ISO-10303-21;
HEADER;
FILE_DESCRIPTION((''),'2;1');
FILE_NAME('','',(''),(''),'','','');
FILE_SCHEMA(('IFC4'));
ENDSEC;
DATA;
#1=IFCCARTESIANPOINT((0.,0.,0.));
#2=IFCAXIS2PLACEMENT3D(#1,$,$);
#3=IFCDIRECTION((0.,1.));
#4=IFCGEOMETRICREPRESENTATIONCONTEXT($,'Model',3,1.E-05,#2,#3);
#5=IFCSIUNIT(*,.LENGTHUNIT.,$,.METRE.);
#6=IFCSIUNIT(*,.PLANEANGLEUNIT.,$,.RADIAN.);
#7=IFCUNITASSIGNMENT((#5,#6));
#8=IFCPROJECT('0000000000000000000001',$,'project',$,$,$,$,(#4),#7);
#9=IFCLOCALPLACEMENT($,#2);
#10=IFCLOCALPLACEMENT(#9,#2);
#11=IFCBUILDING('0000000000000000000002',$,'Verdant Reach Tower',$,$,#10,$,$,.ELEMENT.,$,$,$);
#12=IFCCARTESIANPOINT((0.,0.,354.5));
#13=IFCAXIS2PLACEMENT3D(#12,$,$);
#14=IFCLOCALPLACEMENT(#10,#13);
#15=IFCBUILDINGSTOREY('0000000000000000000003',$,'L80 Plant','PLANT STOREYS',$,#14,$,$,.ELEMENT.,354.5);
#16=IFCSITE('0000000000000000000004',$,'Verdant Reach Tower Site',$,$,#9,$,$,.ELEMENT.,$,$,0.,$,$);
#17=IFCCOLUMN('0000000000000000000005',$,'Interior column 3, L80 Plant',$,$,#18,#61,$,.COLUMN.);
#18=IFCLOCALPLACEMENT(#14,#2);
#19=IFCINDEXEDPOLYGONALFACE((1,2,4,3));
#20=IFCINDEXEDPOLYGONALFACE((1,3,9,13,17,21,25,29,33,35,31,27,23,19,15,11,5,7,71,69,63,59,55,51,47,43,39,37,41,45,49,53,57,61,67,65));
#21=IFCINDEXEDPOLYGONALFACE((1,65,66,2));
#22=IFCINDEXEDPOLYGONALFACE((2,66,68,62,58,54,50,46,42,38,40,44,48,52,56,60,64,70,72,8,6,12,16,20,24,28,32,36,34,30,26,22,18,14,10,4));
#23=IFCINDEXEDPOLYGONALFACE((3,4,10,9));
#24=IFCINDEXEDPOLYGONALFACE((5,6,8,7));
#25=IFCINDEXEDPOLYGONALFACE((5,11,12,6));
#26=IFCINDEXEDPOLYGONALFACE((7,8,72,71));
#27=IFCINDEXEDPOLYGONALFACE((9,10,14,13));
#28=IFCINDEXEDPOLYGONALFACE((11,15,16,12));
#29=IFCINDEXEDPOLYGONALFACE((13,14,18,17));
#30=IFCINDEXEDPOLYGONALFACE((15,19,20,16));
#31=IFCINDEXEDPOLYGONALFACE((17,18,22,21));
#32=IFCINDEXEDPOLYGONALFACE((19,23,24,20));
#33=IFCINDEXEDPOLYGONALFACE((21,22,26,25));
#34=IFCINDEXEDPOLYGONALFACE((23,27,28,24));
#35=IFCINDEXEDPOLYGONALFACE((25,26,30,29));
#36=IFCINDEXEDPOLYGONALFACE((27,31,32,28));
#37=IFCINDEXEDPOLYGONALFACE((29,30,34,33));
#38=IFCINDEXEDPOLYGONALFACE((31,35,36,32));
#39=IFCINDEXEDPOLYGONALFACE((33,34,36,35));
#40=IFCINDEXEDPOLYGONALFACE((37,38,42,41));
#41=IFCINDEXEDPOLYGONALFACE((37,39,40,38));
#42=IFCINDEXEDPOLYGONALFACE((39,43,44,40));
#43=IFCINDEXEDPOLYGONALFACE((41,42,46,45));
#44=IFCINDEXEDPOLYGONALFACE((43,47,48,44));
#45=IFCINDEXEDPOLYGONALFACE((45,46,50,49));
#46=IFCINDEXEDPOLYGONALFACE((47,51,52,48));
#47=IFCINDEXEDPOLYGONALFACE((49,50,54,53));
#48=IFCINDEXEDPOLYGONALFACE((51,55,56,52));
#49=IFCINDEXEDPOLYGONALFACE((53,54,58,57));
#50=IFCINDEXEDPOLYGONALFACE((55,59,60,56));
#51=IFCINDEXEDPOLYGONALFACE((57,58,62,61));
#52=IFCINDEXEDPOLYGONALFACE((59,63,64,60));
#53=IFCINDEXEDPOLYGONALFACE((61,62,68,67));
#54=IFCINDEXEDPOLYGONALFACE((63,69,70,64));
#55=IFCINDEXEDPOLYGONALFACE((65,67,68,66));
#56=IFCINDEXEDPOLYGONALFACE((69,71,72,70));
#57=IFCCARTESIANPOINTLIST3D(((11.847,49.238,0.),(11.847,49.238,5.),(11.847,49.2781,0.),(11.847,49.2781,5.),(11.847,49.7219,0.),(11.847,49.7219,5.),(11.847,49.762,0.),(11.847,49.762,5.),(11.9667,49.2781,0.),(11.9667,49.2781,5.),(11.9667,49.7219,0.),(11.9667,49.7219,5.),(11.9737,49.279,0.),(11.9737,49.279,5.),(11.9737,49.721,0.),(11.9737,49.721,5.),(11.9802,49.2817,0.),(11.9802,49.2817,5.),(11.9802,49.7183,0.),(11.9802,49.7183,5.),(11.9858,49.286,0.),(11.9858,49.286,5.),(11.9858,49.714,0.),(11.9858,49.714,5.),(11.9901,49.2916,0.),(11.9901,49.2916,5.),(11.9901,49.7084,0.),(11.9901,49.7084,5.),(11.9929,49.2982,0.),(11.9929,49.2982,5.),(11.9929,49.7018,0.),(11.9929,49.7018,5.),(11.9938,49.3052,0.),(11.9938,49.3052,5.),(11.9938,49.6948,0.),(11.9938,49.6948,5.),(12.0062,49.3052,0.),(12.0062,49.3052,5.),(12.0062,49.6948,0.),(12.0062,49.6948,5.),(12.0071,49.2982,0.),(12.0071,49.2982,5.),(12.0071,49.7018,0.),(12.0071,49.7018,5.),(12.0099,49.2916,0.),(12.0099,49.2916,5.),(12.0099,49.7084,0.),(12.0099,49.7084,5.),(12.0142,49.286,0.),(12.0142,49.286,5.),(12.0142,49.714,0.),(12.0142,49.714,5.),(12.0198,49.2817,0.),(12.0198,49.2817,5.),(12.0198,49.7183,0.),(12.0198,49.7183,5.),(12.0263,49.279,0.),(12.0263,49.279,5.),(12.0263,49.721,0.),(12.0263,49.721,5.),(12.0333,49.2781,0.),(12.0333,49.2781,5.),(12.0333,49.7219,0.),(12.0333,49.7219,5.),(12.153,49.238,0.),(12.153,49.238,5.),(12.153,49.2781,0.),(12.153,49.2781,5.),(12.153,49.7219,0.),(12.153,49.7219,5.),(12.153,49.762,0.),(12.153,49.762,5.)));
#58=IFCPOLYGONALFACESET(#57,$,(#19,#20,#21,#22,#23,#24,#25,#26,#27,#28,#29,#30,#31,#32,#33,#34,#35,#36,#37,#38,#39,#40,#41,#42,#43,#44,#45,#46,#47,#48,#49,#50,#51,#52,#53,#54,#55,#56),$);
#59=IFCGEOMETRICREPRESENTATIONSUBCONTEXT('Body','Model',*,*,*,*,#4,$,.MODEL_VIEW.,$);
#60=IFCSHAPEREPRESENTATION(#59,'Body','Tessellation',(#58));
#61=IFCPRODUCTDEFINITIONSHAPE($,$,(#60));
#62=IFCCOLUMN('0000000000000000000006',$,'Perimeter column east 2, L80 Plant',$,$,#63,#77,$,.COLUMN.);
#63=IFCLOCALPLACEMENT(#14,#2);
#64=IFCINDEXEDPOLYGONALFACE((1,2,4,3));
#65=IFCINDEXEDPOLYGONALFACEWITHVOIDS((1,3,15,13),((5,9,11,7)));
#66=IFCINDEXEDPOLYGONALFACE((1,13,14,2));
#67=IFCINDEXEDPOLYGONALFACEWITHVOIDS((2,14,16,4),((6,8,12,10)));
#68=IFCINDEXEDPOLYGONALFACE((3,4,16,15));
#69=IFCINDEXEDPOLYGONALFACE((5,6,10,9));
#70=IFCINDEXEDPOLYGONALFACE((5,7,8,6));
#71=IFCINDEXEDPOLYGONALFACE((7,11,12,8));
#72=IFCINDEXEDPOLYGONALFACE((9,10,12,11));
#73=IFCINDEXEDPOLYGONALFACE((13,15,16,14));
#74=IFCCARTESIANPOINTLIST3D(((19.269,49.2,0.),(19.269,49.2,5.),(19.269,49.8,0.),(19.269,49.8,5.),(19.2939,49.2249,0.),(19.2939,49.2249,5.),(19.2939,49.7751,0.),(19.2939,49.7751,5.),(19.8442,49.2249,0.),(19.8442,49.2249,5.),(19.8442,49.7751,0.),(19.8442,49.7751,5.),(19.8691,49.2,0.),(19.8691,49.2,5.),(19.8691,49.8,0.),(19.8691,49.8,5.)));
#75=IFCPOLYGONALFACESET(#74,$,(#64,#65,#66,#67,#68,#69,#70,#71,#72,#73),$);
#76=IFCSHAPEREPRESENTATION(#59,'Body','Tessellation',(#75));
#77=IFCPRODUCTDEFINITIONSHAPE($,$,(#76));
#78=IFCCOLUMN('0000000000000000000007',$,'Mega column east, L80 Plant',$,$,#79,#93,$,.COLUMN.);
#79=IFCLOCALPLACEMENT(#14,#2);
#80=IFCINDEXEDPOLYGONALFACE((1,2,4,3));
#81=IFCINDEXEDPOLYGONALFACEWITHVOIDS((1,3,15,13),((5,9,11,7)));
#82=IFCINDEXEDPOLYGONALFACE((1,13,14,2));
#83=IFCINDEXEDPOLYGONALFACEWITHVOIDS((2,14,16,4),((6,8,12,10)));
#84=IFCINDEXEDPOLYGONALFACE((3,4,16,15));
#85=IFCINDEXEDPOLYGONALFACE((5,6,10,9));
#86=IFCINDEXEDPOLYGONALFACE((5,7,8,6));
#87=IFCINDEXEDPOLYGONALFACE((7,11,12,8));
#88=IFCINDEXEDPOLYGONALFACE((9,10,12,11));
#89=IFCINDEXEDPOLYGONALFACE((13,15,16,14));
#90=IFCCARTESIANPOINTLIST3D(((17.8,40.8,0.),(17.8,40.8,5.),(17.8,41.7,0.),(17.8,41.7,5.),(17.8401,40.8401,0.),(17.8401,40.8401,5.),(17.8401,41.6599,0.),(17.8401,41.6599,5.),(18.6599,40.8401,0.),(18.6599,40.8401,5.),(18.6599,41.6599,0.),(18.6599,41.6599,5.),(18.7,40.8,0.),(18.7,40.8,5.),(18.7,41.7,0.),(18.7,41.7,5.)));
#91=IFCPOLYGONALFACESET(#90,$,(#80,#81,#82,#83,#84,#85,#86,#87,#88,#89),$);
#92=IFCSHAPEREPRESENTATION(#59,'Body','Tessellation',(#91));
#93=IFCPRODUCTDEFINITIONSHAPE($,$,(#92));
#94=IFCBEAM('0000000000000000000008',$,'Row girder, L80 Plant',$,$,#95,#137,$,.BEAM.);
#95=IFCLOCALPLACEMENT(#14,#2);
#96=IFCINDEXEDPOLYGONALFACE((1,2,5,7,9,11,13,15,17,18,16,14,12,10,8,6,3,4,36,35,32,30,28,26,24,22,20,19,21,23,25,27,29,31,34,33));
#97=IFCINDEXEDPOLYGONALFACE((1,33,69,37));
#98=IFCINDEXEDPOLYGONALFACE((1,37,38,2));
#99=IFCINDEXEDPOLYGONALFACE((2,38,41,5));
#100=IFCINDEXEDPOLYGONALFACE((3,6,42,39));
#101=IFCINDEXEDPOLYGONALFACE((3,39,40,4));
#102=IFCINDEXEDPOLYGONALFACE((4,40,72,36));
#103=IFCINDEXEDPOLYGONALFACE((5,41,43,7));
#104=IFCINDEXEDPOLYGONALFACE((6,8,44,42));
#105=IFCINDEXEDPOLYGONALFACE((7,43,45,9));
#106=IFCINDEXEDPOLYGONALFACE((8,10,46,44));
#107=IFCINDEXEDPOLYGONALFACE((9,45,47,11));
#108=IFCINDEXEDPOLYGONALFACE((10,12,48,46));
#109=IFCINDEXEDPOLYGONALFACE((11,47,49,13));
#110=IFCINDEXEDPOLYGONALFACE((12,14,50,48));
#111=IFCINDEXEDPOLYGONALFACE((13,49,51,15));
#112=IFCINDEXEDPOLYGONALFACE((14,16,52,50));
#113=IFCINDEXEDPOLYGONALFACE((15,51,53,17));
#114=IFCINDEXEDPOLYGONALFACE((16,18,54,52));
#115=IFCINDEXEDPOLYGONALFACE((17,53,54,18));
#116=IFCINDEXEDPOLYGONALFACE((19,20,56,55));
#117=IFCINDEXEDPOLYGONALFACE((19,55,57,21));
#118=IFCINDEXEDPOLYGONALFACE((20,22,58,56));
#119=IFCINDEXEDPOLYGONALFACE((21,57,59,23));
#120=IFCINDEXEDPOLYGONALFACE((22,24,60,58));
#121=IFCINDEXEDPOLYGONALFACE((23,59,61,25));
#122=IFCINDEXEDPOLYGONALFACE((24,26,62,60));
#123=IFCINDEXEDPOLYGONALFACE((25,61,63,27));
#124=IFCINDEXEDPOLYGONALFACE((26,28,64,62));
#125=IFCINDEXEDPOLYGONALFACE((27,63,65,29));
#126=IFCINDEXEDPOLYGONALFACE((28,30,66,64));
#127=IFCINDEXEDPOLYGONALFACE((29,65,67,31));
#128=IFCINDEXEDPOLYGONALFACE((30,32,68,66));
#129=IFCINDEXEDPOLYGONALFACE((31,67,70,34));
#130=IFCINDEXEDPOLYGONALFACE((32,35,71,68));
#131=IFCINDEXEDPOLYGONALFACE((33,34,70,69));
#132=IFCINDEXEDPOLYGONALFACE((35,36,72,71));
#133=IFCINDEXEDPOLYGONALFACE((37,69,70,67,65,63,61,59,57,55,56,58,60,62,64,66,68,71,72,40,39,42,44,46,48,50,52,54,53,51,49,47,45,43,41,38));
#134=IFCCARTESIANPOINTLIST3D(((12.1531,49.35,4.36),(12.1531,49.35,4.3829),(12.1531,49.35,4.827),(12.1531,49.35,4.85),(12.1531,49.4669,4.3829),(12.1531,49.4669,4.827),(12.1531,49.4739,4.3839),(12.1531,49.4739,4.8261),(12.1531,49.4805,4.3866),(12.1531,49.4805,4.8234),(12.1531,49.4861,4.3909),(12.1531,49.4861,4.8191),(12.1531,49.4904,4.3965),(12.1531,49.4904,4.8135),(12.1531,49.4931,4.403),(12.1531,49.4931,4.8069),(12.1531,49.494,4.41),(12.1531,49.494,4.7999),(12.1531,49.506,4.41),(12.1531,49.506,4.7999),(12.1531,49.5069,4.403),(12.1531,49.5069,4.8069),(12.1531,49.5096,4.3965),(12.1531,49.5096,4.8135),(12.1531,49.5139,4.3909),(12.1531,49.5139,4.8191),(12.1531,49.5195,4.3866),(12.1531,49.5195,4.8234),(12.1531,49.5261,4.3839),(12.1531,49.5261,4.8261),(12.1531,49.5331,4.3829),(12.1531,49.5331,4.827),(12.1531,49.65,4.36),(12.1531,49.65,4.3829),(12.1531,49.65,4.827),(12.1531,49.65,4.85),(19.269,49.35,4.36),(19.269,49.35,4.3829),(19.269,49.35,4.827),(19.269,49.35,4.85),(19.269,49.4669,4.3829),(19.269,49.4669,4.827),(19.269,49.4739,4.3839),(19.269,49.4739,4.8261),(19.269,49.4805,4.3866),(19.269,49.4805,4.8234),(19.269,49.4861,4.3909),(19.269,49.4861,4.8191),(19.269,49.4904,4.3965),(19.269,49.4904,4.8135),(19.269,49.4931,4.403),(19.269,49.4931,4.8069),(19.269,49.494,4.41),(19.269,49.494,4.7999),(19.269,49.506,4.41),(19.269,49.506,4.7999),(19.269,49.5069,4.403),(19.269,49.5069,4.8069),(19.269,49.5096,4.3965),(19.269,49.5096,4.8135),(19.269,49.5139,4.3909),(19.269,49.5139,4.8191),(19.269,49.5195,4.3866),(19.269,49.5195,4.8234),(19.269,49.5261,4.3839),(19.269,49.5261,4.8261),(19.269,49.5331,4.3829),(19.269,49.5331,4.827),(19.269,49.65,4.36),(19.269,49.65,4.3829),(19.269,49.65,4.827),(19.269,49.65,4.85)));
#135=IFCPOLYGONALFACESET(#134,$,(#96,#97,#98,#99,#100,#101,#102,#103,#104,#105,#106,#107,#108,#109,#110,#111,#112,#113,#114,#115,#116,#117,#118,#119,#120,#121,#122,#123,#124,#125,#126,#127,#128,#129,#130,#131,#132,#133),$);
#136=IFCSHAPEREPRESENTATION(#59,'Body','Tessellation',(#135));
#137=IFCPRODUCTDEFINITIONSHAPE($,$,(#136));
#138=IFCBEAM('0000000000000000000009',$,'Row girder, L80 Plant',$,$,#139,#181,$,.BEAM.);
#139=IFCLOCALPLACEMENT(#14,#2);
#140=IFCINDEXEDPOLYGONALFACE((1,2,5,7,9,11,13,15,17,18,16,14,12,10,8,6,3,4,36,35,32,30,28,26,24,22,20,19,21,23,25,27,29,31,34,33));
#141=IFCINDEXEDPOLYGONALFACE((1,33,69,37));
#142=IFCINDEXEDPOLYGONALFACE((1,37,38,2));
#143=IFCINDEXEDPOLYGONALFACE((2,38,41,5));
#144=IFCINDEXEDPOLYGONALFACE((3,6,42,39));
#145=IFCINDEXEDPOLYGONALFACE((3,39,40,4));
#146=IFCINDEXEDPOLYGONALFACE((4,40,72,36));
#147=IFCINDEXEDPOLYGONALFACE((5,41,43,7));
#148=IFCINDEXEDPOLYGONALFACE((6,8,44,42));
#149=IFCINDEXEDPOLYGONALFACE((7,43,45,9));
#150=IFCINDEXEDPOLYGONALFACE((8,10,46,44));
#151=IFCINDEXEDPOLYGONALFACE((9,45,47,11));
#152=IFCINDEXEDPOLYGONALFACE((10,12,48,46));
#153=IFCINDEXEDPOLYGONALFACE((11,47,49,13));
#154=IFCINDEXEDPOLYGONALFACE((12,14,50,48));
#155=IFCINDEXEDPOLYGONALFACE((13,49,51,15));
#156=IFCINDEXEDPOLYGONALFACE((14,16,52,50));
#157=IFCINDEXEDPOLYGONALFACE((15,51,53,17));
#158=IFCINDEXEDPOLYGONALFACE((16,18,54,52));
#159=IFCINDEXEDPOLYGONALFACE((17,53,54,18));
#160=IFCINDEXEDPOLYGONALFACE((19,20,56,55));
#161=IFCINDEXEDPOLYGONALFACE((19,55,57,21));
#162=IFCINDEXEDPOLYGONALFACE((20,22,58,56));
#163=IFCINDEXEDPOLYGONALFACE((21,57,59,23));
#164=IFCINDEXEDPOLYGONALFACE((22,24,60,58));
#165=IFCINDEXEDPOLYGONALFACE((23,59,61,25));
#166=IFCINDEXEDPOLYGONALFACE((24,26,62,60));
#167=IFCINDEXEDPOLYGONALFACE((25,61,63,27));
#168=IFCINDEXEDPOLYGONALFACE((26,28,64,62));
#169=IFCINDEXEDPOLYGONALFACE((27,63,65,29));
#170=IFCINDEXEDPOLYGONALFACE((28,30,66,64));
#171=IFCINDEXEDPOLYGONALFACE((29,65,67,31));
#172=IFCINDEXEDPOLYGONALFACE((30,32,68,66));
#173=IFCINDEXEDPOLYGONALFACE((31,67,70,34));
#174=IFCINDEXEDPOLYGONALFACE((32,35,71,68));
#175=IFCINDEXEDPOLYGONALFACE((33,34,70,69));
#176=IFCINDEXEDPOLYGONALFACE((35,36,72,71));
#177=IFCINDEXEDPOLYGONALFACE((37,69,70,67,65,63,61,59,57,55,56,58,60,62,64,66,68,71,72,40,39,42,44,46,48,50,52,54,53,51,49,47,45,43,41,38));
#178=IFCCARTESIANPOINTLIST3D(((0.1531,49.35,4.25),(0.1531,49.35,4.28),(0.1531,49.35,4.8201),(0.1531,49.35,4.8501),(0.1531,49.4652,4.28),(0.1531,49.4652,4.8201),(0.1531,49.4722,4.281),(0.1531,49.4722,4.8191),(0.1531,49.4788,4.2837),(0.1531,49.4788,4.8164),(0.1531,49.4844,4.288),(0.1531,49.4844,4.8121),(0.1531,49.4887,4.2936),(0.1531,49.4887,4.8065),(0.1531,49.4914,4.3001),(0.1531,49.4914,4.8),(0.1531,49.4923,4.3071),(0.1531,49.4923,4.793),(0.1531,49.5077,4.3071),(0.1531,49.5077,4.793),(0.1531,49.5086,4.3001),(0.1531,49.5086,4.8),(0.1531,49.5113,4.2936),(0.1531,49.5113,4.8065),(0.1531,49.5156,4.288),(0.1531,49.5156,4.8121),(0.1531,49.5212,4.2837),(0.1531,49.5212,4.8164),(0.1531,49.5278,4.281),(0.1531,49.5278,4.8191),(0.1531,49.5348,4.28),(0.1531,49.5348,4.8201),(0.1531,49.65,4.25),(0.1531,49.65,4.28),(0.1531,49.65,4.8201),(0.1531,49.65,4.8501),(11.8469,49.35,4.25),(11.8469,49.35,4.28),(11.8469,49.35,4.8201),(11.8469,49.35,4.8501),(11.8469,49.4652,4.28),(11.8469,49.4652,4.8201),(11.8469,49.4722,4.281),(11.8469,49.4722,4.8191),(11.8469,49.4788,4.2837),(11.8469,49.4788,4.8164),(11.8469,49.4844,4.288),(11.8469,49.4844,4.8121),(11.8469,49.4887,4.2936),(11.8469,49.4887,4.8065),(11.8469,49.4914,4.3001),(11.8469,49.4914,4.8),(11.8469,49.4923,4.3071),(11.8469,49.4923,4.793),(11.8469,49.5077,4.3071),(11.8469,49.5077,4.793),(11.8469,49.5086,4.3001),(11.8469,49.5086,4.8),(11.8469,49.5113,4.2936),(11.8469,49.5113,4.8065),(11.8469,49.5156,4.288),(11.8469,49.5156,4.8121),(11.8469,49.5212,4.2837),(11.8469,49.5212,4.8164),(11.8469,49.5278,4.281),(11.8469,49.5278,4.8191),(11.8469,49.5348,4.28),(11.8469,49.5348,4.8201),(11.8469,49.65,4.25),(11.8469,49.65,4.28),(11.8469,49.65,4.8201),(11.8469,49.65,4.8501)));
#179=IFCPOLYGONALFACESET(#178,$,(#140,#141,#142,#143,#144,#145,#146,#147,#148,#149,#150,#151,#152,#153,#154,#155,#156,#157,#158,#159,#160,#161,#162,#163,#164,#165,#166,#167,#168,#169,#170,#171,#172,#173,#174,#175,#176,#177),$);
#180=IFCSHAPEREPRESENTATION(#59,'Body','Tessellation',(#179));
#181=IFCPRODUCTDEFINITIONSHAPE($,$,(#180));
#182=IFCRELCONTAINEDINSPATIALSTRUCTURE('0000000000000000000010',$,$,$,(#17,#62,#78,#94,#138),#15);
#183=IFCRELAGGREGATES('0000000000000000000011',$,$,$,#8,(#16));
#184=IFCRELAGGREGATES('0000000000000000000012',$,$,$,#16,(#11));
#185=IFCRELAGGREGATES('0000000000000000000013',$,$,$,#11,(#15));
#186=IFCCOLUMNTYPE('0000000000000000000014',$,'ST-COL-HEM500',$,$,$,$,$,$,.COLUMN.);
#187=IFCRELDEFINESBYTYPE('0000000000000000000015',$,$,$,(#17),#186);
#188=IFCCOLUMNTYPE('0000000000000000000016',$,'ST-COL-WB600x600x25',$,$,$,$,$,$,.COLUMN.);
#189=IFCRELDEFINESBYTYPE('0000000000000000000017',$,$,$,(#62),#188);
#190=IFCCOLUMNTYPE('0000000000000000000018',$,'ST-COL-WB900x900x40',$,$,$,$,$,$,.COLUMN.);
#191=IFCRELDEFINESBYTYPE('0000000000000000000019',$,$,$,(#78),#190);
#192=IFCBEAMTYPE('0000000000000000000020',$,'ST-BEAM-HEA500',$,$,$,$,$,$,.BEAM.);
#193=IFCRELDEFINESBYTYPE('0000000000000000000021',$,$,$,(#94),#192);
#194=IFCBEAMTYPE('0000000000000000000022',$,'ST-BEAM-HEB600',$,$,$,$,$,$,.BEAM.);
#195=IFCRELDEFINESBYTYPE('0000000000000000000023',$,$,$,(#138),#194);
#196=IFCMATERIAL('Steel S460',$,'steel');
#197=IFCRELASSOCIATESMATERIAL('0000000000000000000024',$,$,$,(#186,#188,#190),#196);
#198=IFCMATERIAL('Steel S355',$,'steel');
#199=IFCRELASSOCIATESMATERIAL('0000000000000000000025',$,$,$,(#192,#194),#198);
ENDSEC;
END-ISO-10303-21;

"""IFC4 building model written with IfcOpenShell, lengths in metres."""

from ifc_helpers import new_model, si_unit, direction, frame, origin, origin_2d, place, context, subcontext, project, spatial, hollow_rectangle, i_section, extrude, material, material_profile, profile_set, type_object, element, save


model = new_model("IFC4")

# Units and contexts
model_context = context("Model", 3, precision=1e-05, world=origin(), true_north=direction((0.0, 1.0)))
body_context = subcontext(model_context, "Body", "Model", "MODEL_VIEW")
ifc_project = project(units=[si_unit("LENGTHUNIT", "METRE"), si_unit("PLANEANGLEUNIT", "RADIAN")], contexts=[model_context])

# Site, building, storey
site_placement = place(None, origin())
site = spatial("IfcSite", under=ifc_project, at=site_placement, Name="Verdant Reach Tower Site", CompositionType="ELEMENT", RefElevation=0.0)
building_placement = place(site_placement, origin())
building = spatial("IfcBuilding", under=site, at=building_placement, Name="Verdant Reach Tower", CompositionType="ELEMENT")
storey_placement = place(building_placement, frame((0.0, 0.0, 354.5)))
storey = spatial("IfcBuildingStorey", under=building, at=storey_placement, Name="L80 Plant", Description="PLANT STOREYS", CompositionType="ELEMENT", Elevation=354.5)

# Columns
ifc_material_1 = material(Name="Steel S460", Category="steel")
ifc_material_profile_1 = material_profile(ifc_material_1, i_section(OverallWidth=0.3059, OverallDepth=0.5239, WebThickness=0.0125, FlangeThickness=0.04, FilletRadius=0.0271, at=origin_2d()), Name="HEM 500")
ifc_profile_set_1 = profile_set([ifc_material_profile_1], Name="Steel S460")
column_type_1 = type_object("IfcColumnType", Name="ST-COL-HEM500", PredefinedType="COLUMN", material=ifc_profile_set_1)
column_1_placement = place(storey_placement, frame((12.0, 49.5, 0.0), z_axis=(0.0, 0.0, 1.0), x_axis=(1.0, 0.0, 0.0)))
element("IfcColumn", 1, at=column_1_placement, inside=storey, type_object=column_type_1, Name="Interior column 3, L80 Plant", PredefinedType="COLUMN", context=body_context, shape_type="SweptSolid", body=[
    extrude(i_section(OverallWidth=0.3059, OverallDepth=0.5239, WebThickness=0.0125, FlangeThickness=0.04, FilletRadius=0.0271, at=origin_2d()), origin(), (0.0, 0.0, 1.0), 5.0),
])
ifc_material_profile_2 = material_profile(ifc_material_1, hollow_rectangle(XDim=0.6001, YDim=0.6001, WallThickness=0.0249, at=origin_2d()), Name="WB 600x600x25")
ifc_profile_set_2 = profile_set([ifc_material_profile_2], Name="Steel S460")
column_type_2 = type_object("IfcColumnType", Name="ST-COL-WB600x600x25", PredefinedType="COLUMN", material=ifc_profile_set_2)
column_2_placement = place(storey_placement, frame((19.5691, 49.5, 0.0), z_axis=(0.0, 0.0, 1.0), x_axis=(1.0, 0.0, 0.0)))
element("IfcColumn", 2, at=column_2_placement, inside=storey, type_object=column_type_2, Name="Perimeter column east 2, L80 Plant", PredefinedType="COLUMN", context=body_context, shape_type="SweptSolid", body=[
    extrude(hollow_rectangle(XDim=0.6001, YDim=0.6001, WallThickness=0.0249, at=origin_2d()), origin(), (0.0, 0.0, 1.0), 5.0),
])
ifc_material_profile_3 = material_profile(ifc_material_1, hollow_rectangle(XDim=0.8999, YDim=0.8999, WallThickness=0.04, at=origin_2d()), Name="WB 900x900x40")
ifc_profile_set_3 = profile_set([ifc_material_profile_3], Name="Steel S460")
column_type_3 = type_object("IfcColumnType", Name="ST-COL-WB900x900x40", PredefinedType="COLUMN", material=ifc_profile_set_3)
column_3_placement = place(storey_placement, frame((18.25, 41.25, 0.0), z_axis=(0.0, 0.0, 1.0), x_axis=(1.0, 0.0, 0.0)))
element("IfcColumn", 3, at=column_3_placement, inside=storey, type_object=column_type_3, Name="Mega column east, L80 Plant", PredefinedType="COLUMN", context=body_context, shape_type="SweptSolid", body=[
    extrude(hollow_rectangle(XDim=0.8999, YDim=0.8999, WallThickness=0.04, at=origin_2d()), origin(), (0.0, 0.0, 1.0), 5.0),
])

# Beams
ifc_material_2 = material(Name="Steel S355", Category="steel")
ifc_material_profile_4 = material_profile(ifc_material_2, i_section(OverallWidth=0.3, OverallDepth=0.49, WebThickness=0.012, FlangeThickness=0.0229, FilletRadius=0.0271, at=origin_2d()), Name="HEA 500")
ifc_profile_set_4 = profile_set([ifc_material_profile_4], Name="Steel S355")
beam_type_1 = type_object("IfcBeamType", Name="ST-BEAM-HEA500", PredefinedType="BEAM", material=ifc_profile_set_4)
beam_1_placement = place(storey_placement, frame((12.1531, 49.5, 4.605), z_axis=(1.0, 0.0, 0.0), x_axis=(0.0, 1.0, 0.0)))
element("IfcBeam", 4, at=beam_1_placement, inside=storey, type_object=beam_type_1, Name="Row girder, L80 Plant", PredefinedType="BEAM", context=body_context, shape_type="SweptSolid", body=[
    extrude(i_section(OverallWidth=0.3, OverallDepth=0.49, WebThickness=0.012, FlangeThickness=0.0229, FilletRadius=0.0271, at=origin_2d()), origin(), (0.0, 0.0, 1.0), 7.116),
])
ifc_material_profile_5 = material_profile(ifc_material_2, i_section(OverallWidth=0.3, OverallDepth=0.6001, WebThickness=0.0154, FlangeThickness=0.03, FilletRadius=0.0271, at=origin_2d()), Name="HEB 600")
ifc_profile_set_5 = profile_set([ifc_material_profile_5], Name="Steel S355")
beam_type_2 = type_object("IfcBeamType", Name="ST-BEAM-HEB600", PredefinedType="BEAM", material=ifc_profile_set_5)
beam_2_placement = place(storey_placement, frame((0.1531, 49.5, 4.55), z_axis=(1.0, 0.0, 0.0), x_axis=(0.0, 1.0, 0.0)))
element("IfcBeam", 5, at=beam_2_placement, inside=storey, type_object=beam_type_2, Name="Row girder, L80 Plant", PredefinedType="BEAM", context=body_context, shape_type="SweptSolid", body=[
    extrude(i_section(OverallWidth=0.3, OverallDepth=0.6001, WebThickness=0.0154, FlangeThickness=0.03, FilletRadius=0.0271, at=origin_2d()), origin(), (0.0, 0.0, 1.0), 11.6938),
])

save(model, "model.ifc")
